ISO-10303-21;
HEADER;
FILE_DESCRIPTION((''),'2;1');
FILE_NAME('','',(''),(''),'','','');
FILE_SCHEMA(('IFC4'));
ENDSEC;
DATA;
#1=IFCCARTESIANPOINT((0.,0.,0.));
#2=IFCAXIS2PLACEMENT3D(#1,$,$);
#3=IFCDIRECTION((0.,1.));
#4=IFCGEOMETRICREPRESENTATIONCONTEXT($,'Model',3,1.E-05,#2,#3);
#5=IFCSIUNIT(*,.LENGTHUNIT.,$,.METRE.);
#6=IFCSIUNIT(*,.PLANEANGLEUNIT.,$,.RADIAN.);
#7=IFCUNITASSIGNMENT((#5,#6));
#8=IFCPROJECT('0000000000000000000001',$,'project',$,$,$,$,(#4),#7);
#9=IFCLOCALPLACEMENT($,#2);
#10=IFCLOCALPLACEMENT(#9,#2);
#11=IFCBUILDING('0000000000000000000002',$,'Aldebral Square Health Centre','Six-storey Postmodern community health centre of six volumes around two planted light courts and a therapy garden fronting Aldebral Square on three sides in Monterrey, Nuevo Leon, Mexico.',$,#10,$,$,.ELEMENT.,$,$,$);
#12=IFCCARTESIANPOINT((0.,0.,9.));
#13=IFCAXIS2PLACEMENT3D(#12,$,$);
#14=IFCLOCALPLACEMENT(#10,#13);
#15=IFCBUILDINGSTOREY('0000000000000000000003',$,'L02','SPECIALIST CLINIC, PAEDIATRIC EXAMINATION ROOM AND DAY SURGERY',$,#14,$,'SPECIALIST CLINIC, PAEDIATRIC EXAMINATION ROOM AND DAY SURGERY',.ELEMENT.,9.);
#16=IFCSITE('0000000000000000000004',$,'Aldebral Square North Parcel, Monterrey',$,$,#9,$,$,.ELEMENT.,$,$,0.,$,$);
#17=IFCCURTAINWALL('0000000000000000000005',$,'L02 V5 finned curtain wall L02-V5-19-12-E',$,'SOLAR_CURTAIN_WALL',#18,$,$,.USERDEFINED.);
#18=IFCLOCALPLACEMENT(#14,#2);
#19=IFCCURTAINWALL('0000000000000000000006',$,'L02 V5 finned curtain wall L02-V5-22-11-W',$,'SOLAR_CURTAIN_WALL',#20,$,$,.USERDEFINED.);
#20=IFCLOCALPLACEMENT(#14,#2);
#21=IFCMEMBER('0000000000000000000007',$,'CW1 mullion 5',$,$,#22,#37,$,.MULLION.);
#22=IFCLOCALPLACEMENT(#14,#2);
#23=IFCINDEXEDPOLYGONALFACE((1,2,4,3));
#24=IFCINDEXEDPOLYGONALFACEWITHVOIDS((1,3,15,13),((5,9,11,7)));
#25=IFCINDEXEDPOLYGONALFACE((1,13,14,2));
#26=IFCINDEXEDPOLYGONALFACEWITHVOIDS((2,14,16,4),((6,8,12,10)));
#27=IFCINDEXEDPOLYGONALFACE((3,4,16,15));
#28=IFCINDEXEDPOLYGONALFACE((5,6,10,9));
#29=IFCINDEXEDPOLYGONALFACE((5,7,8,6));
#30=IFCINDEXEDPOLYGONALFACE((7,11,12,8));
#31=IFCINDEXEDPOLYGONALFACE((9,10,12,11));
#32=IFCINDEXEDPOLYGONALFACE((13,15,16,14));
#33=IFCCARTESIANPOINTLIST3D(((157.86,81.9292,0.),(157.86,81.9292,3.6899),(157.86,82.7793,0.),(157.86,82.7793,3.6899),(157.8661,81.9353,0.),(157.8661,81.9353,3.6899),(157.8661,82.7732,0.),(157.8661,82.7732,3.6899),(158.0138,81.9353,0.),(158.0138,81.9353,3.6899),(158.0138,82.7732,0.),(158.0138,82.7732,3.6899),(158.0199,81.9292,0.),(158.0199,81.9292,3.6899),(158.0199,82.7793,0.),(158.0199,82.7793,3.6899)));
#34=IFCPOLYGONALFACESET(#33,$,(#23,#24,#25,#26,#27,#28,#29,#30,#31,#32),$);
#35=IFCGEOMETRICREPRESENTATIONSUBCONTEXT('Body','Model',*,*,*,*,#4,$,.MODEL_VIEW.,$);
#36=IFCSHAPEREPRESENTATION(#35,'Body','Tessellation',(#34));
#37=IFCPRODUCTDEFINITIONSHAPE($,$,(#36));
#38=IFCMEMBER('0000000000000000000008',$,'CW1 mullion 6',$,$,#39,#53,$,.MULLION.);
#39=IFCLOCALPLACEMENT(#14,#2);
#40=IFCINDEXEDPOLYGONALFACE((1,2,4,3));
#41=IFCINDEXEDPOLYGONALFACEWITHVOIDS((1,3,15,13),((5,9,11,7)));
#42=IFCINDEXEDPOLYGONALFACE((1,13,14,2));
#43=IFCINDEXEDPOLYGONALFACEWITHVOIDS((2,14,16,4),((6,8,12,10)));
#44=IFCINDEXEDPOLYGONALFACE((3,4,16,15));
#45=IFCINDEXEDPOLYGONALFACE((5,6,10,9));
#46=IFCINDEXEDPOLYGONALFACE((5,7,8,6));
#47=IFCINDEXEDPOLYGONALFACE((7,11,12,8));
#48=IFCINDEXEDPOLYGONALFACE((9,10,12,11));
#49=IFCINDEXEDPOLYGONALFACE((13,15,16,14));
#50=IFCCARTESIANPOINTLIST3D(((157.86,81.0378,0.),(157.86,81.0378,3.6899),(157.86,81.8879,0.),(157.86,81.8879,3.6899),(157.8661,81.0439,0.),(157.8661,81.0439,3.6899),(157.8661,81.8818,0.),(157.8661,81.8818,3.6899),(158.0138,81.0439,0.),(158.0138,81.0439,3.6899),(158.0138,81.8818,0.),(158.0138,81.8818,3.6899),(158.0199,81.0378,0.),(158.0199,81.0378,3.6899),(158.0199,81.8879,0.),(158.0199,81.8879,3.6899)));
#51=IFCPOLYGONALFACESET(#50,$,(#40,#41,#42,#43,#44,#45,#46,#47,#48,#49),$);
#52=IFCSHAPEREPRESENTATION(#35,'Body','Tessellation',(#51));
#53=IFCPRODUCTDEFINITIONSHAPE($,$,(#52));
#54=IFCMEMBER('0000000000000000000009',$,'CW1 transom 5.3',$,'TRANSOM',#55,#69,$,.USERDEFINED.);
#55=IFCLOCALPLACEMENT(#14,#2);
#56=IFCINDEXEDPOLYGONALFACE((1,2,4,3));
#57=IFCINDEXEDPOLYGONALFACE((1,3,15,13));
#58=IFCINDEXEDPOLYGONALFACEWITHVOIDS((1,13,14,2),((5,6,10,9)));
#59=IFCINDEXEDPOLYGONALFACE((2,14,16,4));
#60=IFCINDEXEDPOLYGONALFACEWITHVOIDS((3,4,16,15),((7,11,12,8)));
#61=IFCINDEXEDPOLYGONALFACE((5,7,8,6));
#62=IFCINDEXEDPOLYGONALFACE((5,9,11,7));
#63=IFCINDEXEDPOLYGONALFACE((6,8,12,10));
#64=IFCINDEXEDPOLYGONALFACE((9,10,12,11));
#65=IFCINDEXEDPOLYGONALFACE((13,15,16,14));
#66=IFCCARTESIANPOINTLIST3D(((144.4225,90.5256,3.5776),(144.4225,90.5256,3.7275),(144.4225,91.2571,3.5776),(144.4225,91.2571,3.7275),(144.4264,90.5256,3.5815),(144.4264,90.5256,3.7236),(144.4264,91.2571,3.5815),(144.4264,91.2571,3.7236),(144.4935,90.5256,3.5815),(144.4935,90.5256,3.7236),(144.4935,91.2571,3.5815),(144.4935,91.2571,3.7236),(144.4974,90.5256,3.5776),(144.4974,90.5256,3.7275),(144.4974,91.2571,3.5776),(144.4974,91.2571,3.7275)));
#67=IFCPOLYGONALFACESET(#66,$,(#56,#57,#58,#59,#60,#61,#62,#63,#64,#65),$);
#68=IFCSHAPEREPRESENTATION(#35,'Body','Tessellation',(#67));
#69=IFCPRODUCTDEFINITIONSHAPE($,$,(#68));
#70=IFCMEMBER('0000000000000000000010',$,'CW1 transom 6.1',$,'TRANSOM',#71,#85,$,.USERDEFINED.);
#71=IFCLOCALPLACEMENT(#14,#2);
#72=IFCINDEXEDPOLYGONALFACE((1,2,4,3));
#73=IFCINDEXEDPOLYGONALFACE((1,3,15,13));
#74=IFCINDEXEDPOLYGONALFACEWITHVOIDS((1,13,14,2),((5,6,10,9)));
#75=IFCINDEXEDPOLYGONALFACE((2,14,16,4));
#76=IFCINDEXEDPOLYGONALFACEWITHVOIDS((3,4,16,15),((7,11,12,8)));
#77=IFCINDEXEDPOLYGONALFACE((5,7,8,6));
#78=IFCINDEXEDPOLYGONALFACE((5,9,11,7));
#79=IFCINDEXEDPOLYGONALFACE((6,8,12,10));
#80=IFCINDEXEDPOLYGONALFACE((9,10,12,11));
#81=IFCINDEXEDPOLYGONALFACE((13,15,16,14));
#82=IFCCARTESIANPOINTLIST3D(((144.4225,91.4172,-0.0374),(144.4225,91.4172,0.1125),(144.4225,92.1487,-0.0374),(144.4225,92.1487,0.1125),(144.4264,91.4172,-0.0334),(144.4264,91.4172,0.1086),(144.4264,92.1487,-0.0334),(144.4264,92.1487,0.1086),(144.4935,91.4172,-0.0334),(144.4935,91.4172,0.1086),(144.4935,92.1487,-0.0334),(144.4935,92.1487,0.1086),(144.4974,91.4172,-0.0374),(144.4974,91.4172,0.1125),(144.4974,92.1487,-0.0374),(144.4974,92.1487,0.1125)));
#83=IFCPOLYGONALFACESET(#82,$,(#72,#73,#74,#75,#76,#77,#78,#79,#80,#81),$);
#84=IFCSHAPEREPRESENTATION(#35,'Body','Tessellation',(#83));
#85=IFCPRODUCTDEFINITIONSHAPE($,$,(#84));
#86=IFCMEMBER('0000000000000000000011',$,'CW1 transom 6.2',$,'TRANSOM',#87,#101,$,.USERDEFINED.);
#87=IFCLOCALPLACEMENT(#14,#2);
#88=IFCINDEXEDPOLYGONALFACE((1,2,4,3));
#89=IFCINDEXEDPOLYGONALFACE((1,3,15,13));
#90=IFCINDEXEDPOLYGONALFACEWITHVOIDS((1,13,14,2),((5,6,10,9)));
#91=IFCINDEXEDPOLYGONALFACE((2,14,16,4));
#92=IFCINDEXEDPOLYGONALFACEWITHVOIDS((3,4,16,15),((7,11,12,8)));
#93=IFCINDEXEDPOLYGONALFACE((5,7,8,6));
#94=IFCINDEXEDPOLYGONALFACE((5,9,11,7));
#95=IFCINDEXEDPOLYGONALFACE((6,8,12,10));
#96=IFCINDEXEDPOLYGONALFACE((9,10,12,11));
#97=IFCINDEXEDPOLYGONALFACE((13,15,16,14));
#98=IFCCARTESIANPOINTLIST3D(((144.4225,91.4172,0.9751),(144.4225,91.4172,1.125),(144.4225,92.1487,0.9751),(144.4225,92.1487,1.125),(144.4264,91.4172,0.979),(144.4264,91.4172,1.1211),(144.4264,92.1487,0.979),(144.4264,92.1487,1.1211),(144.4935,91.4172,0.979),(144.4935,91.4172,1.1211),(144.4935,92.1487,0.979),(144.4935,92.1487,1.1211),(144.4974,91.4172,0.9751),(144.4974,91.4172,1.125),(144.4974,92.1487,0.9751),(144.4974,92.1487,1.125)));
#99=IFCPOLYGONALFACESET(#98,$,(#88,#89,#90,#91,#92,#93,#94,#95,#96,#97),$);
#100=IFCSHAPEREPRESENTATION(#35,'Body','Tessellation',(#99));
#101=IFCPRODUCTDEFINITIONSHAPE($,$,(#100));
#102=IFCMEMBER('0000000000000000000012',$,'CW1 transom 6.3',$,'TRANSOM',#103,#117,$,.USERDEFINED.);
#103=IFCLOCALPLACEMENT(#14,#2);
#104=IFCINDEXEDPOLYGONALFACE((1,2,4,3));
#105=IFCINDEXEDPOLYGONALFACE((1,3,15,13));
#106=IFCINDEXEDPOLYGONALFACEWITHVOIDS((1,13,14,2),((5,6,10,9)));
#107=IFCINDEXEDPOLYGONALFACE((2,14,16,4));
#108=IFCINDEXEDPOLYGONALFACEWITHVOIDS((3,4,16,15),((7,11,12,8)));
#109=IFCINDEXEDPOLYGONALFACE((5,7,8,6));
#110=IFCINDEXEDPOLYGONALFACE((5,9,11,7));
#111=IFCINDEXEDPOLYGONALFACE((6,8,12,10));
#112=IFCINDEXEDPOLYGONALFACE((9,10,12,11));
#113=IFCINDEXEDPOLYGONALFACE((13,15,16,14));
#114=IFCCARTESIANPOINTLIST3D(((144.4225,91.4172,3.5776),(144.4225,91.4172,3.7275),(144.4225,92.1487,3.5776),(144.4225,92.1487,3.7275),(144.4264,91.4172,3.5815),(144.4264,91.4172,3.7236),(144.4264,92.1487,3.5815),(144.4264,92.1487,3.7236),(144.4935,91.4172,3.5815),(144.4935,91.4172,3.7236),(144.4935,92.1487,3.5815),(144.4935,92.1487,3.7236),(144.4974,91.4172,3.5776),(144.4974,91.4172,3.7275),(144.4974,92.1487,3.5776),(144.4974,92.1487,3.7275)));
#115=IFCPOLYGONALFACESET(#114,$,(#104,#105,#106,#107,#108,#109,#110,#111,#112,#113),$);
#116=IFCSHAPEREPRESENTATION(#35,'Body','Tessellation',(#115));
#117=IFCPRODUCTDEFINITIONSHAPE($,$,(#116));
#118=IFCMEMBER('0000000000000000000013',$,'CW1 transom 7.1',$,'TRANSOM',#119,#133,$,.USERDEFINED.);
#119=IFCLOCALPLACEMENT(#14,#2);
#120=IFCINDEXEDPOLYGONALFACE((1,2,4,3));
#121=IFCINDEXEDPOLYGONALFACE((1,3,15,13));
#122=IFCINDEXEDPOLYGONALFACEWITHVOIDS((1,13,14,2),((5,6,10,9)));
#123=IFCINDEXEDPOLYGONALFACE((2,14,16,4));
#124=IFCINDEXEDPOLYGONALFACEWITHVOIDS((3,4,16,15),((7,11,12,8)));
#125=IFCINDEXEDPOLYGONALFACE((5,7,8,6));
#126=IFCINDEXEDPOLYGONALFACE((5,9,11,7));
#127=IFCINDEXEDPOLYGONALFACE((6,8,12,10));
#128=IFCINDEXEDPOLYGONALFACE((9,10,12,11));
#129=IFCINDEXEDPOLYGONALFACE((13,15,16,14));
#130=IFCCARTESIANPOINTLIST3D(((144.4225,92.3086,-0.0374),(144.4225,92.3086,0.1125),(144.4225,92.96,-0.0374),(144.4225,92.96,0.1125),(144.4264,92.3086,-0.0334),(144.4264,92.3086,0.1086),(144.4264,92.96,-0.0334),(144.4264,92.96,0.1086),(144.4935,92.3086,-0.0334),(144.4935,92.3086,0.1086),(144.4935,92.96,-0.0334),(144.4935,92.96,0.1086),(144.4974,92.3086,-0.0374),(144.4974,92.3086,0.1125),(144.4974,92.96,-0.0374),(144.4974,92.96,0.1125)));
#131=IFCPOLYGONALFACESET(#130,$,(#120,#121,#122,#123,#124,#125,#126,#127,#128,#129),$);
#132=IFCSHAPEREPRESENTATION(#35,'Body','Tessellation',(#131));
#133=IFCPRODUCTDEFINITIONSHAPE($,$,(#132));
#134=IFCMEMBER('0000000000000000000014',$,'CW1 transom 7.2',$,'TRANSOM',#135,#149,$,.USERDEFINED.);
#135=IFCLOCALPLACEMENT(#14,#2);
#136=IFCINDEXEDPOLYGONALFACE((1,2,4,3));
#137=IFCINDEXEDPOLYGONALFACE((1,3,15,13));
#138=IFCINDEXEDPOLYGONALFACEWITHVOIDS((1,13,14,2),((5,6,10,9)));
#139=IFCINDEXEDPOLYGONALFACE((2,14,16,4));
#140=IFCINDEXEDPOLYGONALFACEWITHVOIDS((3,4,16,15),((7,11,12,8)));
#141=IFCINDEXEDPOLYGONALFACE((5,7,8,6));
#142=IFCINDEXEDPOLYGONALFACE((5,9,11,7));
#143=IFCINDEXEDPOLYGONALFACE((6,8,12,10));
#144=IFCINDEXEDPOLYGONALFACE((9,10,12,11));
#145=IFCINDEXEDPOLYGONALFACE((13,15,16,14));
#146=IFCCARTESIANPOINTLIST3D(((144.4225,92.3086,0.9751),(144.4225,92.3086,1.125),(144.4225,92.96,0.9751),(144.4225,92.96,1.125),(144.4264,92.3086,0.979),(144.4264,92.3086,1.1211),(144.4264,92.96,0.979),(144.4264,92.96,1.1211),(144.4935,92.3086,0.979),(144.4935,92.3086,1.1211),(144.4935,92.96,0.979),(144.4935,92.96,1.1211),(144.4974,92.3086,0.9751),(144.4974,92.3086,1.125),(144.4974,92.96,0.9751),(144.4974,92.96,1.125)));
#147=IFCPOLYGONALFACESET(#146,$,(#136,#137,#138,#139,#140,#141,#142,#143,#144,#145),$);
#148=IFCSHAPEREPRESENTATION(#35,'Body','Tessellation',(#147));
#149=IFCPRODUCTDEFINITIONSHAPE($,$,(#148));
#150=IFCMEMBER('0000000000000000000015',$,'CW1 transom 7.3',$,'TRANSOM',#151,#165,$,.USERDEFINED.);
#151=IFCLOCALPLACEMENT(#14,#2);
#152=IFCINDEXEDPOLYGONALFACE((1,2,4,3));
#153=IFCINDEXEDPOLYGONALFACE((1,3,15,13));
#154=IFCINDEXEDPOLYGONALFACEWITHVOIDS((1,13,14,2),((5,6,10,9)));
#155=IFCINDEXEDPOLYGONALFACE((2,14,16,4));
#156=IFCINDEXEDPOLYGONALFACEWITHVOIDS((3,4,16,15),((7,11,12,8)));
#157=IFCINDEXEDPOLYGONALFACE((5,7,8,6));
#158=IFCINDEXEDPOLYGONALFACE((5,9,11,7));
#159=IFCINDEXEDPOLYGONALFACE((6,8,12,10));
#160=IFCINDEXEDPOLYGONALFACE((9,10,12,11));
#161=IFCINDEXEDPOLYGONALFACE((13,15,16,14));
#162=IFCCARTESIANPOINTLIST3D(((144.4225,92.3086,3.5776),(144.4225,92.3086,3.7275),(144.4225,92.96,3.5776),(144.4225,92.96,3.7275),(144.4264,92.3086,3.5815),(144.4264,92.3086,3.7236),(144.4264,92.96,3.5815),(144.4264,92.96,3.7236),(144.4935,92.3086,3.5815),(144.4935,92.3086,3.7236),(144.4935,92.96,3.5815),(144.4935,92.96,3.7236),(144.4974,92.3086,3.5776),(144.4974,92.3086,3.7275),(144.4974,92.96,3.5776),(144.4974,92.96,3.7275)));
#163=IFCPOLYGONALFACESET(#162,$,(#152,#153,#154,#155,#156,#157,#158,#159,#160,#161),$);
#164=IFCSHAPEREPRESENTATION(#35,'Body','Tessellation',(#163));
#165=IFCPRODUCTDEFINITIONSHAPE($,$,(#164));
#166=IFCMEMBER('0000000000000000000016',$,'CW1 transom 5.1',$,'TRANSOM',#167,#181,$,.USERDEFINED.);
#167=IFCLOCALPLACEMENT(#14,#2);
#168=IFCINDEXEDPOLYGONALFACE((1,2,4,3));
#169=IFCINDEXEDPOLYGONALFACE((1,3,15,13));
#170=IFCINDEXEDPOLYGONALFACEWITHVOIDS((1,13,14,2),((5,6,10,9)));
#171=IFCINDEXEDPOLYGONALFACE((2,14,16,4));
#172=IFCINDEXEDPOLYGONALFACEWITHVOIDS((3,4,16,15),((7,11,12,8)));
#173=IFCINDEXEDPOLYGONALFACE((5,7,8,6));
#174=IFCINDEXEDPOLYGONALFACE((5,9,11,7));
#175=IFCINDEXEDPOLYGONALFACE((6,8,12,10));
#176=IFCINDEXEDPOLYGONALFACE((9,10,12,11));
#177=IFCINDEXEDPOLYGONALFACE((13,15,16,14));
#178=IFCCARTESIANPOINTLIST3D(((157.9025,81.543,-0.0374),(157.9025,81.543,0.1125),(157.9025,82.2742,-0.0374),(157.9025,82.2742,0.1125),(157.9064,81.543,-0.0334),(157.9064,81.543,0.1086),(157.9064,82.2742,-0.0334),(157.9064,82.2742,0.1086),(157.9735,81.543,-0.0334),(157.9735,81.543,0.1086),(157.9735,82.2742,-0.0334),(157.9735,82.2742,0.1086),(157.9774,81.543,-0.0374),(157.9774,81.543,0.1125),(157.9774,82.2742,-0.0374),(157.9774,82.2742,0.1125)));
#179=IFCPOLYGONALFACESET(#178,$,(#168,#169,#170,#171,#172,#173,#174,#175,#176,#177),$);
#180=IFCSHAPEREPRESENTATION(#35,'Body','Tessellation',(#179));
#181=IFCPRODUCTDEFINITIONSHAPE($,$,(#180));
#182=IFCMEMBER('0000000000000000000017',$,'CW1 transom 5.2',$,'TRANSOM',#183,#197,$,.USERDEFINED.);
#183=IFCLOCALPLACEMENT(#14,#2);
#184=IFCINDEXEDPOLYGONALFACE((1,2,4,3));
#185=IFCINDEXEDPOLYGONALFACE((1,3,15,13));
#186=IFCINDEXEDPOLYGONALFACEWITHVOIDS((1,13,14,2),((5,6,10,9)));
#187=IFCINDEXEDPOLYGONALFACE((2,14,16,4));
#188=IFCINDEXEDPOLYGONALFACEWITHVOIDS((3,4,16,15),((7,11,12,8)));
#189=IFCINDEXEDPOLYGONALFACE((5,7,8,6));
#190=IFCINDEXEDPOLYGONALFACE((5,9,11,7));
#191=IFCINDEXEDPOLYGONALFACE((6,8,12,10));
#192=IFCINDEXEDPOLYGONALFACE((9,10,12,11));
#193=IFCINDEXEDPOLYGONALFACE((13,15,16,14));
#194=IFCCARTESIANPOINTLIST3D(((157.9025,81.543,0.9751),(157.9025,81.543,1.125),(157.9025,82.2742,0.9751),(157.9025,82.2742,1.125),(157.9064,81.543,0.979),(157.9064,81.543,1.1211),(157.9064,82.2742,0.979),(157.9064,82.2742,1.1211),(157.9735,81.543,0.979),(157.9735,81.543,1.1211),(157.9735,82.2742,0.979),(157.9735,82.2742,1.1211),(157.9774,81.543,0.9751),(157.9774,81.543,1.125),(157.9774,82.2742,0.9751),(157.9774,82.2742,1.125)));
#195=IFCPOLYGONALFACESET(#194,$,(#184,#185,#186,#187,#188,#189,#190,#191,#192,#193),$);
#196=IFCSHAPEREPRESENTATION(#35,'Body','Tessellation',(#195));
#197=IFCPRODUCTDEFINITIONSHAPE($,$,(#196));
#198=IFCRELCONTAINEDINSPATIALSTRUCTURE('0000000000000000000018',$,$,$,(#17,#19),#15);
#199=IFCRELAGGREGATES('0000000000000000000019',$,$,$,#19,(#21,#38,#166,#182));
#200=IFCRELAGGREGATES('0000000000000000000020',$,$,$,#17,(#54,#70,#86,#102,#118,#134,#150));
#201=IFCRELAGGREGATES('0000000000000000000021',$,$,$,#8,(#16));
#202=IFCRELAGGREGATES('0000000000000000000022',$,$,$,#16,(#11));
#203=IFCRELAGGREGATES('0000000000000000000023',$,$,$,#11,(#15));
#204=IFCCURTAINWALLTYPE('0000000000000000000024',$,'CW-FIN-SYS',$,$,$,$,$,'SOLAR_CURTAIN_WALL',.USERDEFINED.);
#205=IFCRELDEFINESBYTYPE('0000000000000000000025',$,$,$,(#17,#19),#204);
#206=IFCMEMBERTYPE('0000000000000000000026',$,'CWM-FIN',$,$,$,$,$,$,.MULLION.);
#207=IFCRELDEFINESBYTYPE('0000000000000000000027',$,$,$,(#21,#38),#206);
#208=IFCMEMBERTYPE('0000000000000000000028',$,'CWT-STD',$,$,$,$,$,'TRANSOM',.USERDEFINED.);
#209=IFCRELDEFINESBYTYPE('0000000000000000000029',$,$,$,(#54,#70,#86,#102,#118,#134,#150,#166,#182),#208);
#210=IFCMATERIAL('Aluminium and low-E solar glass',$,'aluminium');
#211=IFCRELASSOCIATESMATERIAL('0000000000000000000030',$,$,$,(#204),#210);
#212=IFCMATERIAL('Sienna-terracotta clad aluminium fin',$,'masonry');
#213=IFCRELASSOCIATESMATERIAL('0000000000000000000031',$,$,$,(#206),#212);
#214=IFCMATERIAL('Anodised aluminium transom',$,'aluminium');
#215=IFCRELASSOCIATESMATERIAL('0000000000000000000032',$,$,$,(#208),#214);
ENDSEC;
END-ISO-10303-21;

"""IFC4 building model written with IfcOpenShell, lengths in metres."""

from ifc_helpers import new_model, si_unit, direction, frame, origin, origin_2d, place, context, subcontext, project, spatial, hollow_rectangle, extrude, material, material_profile, profile_set, type_object, element, aggregate, save


model = new_model("IFC4")

# Units and contexts
model_context = context("Model", 3, precision=1e-05, world=origin(), true_north=direction((0.0, 1.0)))
body_context = subcontext(model_context, "Body", "Model", "MODEL_VIEW")
ifc_project = project(units=[si_unit("LENGTHUNIT", "METRE"), si_unit("PLANEANGLEUNIT", "RADIAN")], contexts=[model_context])

# Site, building, storey
site_placement = place(None, origin())
site = spatial("IfcSite", under=ifc_project, at=site_placement, Name="Aldebral Square North Parcel, Monterrey", CompositionType="ELEMENT", RefElevation=0.0)
building_placement = place(site_placement, origin())
building = spatial("IfcBuilding", under=site, at=building_placement, Name="Aldebral Square Health Centre", Description="Six-storey Postmodern community health centre of six volumes around two planted light courts and a therapy garden fronting Aldebral Square on three sides in Monterrey, Nuevo Leon, Mexico.", CompositionType="ELEMENT")
storey_placement = place(building_placement, frame((0.0, 0.0, 9.0)))
storey = spatial("IfcBuildingStorey", under=building, at=storey_placement, Name="L02", Description="SPECIALIST CLINIC, PAEDIATRIC EXAMINATION ROOM AND DAY SURGERY", LongName="SPECIALIST CLINIC, PAEDIATRIC EXAMINATION ROOM AND DAY SURGERY", CompositionType="ELEMENT", Elevation=9.0)

# Curtain walls, members
ifc_material_1 = material(Name="Aluminium and low-E solar glass", Category="aluminium")
curtain_wall_type = type_object("IfcCurtainWallType", Name="CW-FIN-SYS", ElementType="SOLAR_CURTAIN_WALL", PredefinedType="USERDEFINED", material=ifc_material_1)
curtain_wall_1_placement = place(storey_placement, origin())
curtain_wall_1 = element("IfcCurtainWall", 1, at=curtain_wall_1_placement, inside=storey, type_object=curtain_wall_type, Name="L02 V5 finned curtain wall L02-V5-19-12-E", ObjectType="SOLAR_CURTAIN_WALL", PredefinedType="USERDEFINED")
ifc_material_2 = material(Name="Sienna-terracotta clad aluminium fin", Category="masonry")
ifc_material_profile_1 = material_profile(ifc_material_2, hollow_rectangle(XDim=0.1599, YDim=0.8501, WallThickness=0.0061, at=origin_2d()), Name="FIN 160x850x6")
ifc_profile_set_1 = profile_set([ifc_material_profile_1], Name="Sienna-terracotta clad aluminium fin")
member_type_1 = type_object("IfcMemberType", Name="CWM-FIN", PredefinedType="MULLION", material=ifc_profile_set_1)
curtain_wall_2_placement = place(storey_placement, origin())
curtain_wall_2 = element("IfcCurtainWall", 2, at=curtain_wall_2_placement, inside=storey, type_object=curtain_wall_type, Name="L02 V5 finned curtain wall L02-V5-22-11-W", ObjectType="SOLAR_CURTAIN_WALL", PredefinedType="USERDEFINED")
member_1_placement = place(storey_placement, frame((157.9399, 82.3542, 0.0), z_axis=(0.0, 0.0, 1.0), x_axis=(1.0, 0.0, 0.0)))
member_1 = element("IfcMember", 3, at=member_1_placement, type_object=member_type_1, Name="CW1 mullion 5", PredefinedType="MULLION", context=body_context, shape_type="SweptSolid", body=[
    extrude(hollow_rectangle(XDim=0.1599, YDim=0.8501, WallThickness=0.0061, at=origin_2d()), origin(), (0.0, 0.0, 1.0), 3.6899),
])
member_2_placement = place(storey_placement, frame((157.9399, 81.4629, 0.0), z_axis=(0.0, 0.0, 1.0), x_axis=(1.0, 0.0, 0.0)))
member_2 = element("IfcMember", 4, at=member_2_placement, type_object=member_type_1, Name="CW1 mullion 6", PredefinedType="MULLION", context=body_context, shape_type="SweptSolid", body=[
    extrude(hollow_rectangle(XDim=0.1599, YDim=0.8501, WallThickness=0.0061, at=origin_2d()), origin(), (0.0, 0.0, 1.0), 3.6899),
])

# Members
ifc_material_3 = material(Name="Anodised aluminium transom", Category="aluminium")
ifc_material_profile_2 = material_profile(ifc_material_3, hollow_rectangle(XDim=0.075, YDim=0.1499, WallThickness=0.0039, at=origin_2d()), Name="CWT 75x150x4")
ifc_profile_set_2 = profile_set([ifc_material_profile_2], Name="Anodised aluminium transom")
member_type_2 = type_object("IfcMemberType", Name="CWT-STD", ElementType="TRANSOM", PredefinedType="USERDEFINED", material=ifc_profile_set_2)
member_3_placement = place(storey_placement, frame((144.46, 90.5256, 3.6526), z_axis=(0.0, 1.0, 0.0), x_axis=(-1.0, 0.0, 0.0)))
member_3 = element("IfcMember", 5, at=member_3_placement, type_object=member_type_2, Name="CW1 transom 5.3", ObjectType="TRANSOM", PredefinedType="USERDEFINED", context=body_context, shape_type="SweptSolid", body=[
    extrude(hollow_rectangle(XDim=0.075, YDim=0.1499, WallThickness=0.0039, at=origin_2d()), origin(), (0.0, 0.0, 1.0), 0.7314),
])
member_4_placement = place(storey_placement, frame((144.46, 91.4172, 0.0376), z_axis=(0.0, 1.0, 0.0), x_axis=(-1.0, 0.0, 0.0)))
member_4 = element("IfcMember", 6, at=member_4_placement, type_object=member_type_2, Name="CW1 transom 6.1", ObjectType="TRANSOM", PredefinedType="USERDEFINED", context=body_context, shape_type="SweptSolid", body=[
    extrude(hollow_rectangle(XDim=0.075, YDim=0.1499, WallThickness=0.0039, at=origin_2d()), origin(), (0.0, 0.0, 1.0), 0.7314),
])
member_5_placement = place(storey_placement, frame((144.46, 91.4172, 1.05), z_axis=(0.0, 1.0, 0.0), x_axis=(-1.0, 0.0, 0.0)))
member_5 = element("IfcMember", 7, at=member_5_placement, type_object=member_type_2, Name="CW1 transom 6.2", ObjectType="TRANSOM", PredefinedType="USERDEFINED", context=body_context, shape_type="SweptSolid", body=[
    extrude(hollow_rectangle(XDim=0.075, YDim=0.1499, WallThickness=0.0039, at=origin_2d()), origin(), (0.0, 0.0, 1.0), 0.7314),
])
member_6_placement = place(storey_placement, frame((144.46, 91.4172, 3.6526), z_axis=(0.0, 1.0, 0.0), x_axis=(-1.0, 0.0, 0.0)))
member_6 = element("IfcMember", 8, at=member_6_placement, type_object=member_type_2, Name="CW1 transom 6.3", ObjectType="TRANSOM", PredefinedType="USERDEFINED", context=body_context, shape_type="SweptSolid", body=[
    extrude(hollow_rectangle(XDim=0.075, YDim=0.1499, WallThickness=0.0039, at=origin_2d()), origin(), (0.0, 0.0, 1.0), 0.7314),
])
member_7_placement = place(storey_placement, frame((144.46, 92.3086, 0.0376), z_axis=(0.0, 1.0, 0.0), x_axis=(-1.0, 0.0, 0.0)))
member_7 = element("IfcMember", 9, at=member_7_placement, type_object=member_type_2, Name="CW1 transom 7.1", ObjectType="TRANSOM", PredefinedType="USERDEFINED", context=body_context, shape_type="SweptSolid", body=[
    extrude(hollow_rectangle(XDim=0.075, YDim=0.1499, WallThickness=0.0039, at=origin_2d()), origin(), (0.0, 0.0, 1.0), 0.6514),
])
member_8_placement = place(storey_placement, frame((144.46, 92.3086, 1.05), z_axis=(0.0, 1.0, 0.0), x_axis=(-1.0, 0.0, 0.0)))
member_8 = element("IfcMember", 10, at=member_8_placement, type_object=member_type_2, Name="CW1 transom 7.2", ObjectType="TRANSOM", PredefinedType="USERDEFINED", context=body_context, shape_type="SweptSolid", body=[
    extrude(hollow_rectangle(XDim=0.075, YDim=0.1499, WallThickness=0.0039, at=origin_2d()), origin(), (0.0, 0.0, 1.0), 0.6514),
])
member_9_placement = place(storey_placement, frame((144.46, 92.3086, 3.6526), z_axis=(0.0, 1.0, 0.0), x_axis=(-1.0, 0.0, 0.0)))
member_9 = element("IfcMember", 11, at=member_9_placement, type_object=member_type_2, Name="CW1 transom 7.3", ObjectType="TRANSOM", PredefinedType="USERDEFINED", context=body_context, shape_type="SweptSolid", body=[
    extrude(hollow_rectangle(XDim=0.075, YDim=0.1499, WallThickness=0.0039, at=origin_2d()), origin(), (0.0, 0.0, 1.0), 0.6514),
])
member_10_placement = place(storey_placement, frame((157.9399, 82.2742, 0.0376), z_axis=(0.0, -1.0, 0.0), x_axis=(1.0, 0.0, 0.0)))
member_10 = element("IfcMember", 12, at=member_10_placement, type_object=member_type_2, Name="CW1 transom 5.1", ObjectType="TRANSOM", PredefinedType="USERDEFINED", context=body_context, shape_type="SweptSolid", body=[
    extrude(hollow_rectangle(XDim=0.075, YDim=0.1499, WallThickness=0.0039, at=origin_2d()), origin(), (0.0, 0.0, 1.0), 0.7312),
])
member_11_placement = place(storey_placement, frame((157.9399, 82.2742, 1.05), z_axis=(0.0, -1.0, 0.0), x_axis=(1.0, 0.0, 0.0)))
member_11 = element("IfcMember", 13, at=member_11_placement, type_object=member_type_2, Name="CW1 transom 5.2", ObjectType="TRANSOM", PredefinedType="USERDEFINED", context=body_context, shape_type="SweptSolid", body=[
    extrude(hollow_rectangle(XDim=0.075, YDim=0.1499, WallThickness=0.0039, at=origin_2d()), origin(), (0.0, 0.0, 1.0), 0.7312),
])

aggregate(curtain_wall_2, [member_1, member_2, member_10, member_11])
aggregate(curtain_wall_1, [member_3, member_4, member_5, member_6, member_7, member_8, member_9])

save(model, "model.ifc")
